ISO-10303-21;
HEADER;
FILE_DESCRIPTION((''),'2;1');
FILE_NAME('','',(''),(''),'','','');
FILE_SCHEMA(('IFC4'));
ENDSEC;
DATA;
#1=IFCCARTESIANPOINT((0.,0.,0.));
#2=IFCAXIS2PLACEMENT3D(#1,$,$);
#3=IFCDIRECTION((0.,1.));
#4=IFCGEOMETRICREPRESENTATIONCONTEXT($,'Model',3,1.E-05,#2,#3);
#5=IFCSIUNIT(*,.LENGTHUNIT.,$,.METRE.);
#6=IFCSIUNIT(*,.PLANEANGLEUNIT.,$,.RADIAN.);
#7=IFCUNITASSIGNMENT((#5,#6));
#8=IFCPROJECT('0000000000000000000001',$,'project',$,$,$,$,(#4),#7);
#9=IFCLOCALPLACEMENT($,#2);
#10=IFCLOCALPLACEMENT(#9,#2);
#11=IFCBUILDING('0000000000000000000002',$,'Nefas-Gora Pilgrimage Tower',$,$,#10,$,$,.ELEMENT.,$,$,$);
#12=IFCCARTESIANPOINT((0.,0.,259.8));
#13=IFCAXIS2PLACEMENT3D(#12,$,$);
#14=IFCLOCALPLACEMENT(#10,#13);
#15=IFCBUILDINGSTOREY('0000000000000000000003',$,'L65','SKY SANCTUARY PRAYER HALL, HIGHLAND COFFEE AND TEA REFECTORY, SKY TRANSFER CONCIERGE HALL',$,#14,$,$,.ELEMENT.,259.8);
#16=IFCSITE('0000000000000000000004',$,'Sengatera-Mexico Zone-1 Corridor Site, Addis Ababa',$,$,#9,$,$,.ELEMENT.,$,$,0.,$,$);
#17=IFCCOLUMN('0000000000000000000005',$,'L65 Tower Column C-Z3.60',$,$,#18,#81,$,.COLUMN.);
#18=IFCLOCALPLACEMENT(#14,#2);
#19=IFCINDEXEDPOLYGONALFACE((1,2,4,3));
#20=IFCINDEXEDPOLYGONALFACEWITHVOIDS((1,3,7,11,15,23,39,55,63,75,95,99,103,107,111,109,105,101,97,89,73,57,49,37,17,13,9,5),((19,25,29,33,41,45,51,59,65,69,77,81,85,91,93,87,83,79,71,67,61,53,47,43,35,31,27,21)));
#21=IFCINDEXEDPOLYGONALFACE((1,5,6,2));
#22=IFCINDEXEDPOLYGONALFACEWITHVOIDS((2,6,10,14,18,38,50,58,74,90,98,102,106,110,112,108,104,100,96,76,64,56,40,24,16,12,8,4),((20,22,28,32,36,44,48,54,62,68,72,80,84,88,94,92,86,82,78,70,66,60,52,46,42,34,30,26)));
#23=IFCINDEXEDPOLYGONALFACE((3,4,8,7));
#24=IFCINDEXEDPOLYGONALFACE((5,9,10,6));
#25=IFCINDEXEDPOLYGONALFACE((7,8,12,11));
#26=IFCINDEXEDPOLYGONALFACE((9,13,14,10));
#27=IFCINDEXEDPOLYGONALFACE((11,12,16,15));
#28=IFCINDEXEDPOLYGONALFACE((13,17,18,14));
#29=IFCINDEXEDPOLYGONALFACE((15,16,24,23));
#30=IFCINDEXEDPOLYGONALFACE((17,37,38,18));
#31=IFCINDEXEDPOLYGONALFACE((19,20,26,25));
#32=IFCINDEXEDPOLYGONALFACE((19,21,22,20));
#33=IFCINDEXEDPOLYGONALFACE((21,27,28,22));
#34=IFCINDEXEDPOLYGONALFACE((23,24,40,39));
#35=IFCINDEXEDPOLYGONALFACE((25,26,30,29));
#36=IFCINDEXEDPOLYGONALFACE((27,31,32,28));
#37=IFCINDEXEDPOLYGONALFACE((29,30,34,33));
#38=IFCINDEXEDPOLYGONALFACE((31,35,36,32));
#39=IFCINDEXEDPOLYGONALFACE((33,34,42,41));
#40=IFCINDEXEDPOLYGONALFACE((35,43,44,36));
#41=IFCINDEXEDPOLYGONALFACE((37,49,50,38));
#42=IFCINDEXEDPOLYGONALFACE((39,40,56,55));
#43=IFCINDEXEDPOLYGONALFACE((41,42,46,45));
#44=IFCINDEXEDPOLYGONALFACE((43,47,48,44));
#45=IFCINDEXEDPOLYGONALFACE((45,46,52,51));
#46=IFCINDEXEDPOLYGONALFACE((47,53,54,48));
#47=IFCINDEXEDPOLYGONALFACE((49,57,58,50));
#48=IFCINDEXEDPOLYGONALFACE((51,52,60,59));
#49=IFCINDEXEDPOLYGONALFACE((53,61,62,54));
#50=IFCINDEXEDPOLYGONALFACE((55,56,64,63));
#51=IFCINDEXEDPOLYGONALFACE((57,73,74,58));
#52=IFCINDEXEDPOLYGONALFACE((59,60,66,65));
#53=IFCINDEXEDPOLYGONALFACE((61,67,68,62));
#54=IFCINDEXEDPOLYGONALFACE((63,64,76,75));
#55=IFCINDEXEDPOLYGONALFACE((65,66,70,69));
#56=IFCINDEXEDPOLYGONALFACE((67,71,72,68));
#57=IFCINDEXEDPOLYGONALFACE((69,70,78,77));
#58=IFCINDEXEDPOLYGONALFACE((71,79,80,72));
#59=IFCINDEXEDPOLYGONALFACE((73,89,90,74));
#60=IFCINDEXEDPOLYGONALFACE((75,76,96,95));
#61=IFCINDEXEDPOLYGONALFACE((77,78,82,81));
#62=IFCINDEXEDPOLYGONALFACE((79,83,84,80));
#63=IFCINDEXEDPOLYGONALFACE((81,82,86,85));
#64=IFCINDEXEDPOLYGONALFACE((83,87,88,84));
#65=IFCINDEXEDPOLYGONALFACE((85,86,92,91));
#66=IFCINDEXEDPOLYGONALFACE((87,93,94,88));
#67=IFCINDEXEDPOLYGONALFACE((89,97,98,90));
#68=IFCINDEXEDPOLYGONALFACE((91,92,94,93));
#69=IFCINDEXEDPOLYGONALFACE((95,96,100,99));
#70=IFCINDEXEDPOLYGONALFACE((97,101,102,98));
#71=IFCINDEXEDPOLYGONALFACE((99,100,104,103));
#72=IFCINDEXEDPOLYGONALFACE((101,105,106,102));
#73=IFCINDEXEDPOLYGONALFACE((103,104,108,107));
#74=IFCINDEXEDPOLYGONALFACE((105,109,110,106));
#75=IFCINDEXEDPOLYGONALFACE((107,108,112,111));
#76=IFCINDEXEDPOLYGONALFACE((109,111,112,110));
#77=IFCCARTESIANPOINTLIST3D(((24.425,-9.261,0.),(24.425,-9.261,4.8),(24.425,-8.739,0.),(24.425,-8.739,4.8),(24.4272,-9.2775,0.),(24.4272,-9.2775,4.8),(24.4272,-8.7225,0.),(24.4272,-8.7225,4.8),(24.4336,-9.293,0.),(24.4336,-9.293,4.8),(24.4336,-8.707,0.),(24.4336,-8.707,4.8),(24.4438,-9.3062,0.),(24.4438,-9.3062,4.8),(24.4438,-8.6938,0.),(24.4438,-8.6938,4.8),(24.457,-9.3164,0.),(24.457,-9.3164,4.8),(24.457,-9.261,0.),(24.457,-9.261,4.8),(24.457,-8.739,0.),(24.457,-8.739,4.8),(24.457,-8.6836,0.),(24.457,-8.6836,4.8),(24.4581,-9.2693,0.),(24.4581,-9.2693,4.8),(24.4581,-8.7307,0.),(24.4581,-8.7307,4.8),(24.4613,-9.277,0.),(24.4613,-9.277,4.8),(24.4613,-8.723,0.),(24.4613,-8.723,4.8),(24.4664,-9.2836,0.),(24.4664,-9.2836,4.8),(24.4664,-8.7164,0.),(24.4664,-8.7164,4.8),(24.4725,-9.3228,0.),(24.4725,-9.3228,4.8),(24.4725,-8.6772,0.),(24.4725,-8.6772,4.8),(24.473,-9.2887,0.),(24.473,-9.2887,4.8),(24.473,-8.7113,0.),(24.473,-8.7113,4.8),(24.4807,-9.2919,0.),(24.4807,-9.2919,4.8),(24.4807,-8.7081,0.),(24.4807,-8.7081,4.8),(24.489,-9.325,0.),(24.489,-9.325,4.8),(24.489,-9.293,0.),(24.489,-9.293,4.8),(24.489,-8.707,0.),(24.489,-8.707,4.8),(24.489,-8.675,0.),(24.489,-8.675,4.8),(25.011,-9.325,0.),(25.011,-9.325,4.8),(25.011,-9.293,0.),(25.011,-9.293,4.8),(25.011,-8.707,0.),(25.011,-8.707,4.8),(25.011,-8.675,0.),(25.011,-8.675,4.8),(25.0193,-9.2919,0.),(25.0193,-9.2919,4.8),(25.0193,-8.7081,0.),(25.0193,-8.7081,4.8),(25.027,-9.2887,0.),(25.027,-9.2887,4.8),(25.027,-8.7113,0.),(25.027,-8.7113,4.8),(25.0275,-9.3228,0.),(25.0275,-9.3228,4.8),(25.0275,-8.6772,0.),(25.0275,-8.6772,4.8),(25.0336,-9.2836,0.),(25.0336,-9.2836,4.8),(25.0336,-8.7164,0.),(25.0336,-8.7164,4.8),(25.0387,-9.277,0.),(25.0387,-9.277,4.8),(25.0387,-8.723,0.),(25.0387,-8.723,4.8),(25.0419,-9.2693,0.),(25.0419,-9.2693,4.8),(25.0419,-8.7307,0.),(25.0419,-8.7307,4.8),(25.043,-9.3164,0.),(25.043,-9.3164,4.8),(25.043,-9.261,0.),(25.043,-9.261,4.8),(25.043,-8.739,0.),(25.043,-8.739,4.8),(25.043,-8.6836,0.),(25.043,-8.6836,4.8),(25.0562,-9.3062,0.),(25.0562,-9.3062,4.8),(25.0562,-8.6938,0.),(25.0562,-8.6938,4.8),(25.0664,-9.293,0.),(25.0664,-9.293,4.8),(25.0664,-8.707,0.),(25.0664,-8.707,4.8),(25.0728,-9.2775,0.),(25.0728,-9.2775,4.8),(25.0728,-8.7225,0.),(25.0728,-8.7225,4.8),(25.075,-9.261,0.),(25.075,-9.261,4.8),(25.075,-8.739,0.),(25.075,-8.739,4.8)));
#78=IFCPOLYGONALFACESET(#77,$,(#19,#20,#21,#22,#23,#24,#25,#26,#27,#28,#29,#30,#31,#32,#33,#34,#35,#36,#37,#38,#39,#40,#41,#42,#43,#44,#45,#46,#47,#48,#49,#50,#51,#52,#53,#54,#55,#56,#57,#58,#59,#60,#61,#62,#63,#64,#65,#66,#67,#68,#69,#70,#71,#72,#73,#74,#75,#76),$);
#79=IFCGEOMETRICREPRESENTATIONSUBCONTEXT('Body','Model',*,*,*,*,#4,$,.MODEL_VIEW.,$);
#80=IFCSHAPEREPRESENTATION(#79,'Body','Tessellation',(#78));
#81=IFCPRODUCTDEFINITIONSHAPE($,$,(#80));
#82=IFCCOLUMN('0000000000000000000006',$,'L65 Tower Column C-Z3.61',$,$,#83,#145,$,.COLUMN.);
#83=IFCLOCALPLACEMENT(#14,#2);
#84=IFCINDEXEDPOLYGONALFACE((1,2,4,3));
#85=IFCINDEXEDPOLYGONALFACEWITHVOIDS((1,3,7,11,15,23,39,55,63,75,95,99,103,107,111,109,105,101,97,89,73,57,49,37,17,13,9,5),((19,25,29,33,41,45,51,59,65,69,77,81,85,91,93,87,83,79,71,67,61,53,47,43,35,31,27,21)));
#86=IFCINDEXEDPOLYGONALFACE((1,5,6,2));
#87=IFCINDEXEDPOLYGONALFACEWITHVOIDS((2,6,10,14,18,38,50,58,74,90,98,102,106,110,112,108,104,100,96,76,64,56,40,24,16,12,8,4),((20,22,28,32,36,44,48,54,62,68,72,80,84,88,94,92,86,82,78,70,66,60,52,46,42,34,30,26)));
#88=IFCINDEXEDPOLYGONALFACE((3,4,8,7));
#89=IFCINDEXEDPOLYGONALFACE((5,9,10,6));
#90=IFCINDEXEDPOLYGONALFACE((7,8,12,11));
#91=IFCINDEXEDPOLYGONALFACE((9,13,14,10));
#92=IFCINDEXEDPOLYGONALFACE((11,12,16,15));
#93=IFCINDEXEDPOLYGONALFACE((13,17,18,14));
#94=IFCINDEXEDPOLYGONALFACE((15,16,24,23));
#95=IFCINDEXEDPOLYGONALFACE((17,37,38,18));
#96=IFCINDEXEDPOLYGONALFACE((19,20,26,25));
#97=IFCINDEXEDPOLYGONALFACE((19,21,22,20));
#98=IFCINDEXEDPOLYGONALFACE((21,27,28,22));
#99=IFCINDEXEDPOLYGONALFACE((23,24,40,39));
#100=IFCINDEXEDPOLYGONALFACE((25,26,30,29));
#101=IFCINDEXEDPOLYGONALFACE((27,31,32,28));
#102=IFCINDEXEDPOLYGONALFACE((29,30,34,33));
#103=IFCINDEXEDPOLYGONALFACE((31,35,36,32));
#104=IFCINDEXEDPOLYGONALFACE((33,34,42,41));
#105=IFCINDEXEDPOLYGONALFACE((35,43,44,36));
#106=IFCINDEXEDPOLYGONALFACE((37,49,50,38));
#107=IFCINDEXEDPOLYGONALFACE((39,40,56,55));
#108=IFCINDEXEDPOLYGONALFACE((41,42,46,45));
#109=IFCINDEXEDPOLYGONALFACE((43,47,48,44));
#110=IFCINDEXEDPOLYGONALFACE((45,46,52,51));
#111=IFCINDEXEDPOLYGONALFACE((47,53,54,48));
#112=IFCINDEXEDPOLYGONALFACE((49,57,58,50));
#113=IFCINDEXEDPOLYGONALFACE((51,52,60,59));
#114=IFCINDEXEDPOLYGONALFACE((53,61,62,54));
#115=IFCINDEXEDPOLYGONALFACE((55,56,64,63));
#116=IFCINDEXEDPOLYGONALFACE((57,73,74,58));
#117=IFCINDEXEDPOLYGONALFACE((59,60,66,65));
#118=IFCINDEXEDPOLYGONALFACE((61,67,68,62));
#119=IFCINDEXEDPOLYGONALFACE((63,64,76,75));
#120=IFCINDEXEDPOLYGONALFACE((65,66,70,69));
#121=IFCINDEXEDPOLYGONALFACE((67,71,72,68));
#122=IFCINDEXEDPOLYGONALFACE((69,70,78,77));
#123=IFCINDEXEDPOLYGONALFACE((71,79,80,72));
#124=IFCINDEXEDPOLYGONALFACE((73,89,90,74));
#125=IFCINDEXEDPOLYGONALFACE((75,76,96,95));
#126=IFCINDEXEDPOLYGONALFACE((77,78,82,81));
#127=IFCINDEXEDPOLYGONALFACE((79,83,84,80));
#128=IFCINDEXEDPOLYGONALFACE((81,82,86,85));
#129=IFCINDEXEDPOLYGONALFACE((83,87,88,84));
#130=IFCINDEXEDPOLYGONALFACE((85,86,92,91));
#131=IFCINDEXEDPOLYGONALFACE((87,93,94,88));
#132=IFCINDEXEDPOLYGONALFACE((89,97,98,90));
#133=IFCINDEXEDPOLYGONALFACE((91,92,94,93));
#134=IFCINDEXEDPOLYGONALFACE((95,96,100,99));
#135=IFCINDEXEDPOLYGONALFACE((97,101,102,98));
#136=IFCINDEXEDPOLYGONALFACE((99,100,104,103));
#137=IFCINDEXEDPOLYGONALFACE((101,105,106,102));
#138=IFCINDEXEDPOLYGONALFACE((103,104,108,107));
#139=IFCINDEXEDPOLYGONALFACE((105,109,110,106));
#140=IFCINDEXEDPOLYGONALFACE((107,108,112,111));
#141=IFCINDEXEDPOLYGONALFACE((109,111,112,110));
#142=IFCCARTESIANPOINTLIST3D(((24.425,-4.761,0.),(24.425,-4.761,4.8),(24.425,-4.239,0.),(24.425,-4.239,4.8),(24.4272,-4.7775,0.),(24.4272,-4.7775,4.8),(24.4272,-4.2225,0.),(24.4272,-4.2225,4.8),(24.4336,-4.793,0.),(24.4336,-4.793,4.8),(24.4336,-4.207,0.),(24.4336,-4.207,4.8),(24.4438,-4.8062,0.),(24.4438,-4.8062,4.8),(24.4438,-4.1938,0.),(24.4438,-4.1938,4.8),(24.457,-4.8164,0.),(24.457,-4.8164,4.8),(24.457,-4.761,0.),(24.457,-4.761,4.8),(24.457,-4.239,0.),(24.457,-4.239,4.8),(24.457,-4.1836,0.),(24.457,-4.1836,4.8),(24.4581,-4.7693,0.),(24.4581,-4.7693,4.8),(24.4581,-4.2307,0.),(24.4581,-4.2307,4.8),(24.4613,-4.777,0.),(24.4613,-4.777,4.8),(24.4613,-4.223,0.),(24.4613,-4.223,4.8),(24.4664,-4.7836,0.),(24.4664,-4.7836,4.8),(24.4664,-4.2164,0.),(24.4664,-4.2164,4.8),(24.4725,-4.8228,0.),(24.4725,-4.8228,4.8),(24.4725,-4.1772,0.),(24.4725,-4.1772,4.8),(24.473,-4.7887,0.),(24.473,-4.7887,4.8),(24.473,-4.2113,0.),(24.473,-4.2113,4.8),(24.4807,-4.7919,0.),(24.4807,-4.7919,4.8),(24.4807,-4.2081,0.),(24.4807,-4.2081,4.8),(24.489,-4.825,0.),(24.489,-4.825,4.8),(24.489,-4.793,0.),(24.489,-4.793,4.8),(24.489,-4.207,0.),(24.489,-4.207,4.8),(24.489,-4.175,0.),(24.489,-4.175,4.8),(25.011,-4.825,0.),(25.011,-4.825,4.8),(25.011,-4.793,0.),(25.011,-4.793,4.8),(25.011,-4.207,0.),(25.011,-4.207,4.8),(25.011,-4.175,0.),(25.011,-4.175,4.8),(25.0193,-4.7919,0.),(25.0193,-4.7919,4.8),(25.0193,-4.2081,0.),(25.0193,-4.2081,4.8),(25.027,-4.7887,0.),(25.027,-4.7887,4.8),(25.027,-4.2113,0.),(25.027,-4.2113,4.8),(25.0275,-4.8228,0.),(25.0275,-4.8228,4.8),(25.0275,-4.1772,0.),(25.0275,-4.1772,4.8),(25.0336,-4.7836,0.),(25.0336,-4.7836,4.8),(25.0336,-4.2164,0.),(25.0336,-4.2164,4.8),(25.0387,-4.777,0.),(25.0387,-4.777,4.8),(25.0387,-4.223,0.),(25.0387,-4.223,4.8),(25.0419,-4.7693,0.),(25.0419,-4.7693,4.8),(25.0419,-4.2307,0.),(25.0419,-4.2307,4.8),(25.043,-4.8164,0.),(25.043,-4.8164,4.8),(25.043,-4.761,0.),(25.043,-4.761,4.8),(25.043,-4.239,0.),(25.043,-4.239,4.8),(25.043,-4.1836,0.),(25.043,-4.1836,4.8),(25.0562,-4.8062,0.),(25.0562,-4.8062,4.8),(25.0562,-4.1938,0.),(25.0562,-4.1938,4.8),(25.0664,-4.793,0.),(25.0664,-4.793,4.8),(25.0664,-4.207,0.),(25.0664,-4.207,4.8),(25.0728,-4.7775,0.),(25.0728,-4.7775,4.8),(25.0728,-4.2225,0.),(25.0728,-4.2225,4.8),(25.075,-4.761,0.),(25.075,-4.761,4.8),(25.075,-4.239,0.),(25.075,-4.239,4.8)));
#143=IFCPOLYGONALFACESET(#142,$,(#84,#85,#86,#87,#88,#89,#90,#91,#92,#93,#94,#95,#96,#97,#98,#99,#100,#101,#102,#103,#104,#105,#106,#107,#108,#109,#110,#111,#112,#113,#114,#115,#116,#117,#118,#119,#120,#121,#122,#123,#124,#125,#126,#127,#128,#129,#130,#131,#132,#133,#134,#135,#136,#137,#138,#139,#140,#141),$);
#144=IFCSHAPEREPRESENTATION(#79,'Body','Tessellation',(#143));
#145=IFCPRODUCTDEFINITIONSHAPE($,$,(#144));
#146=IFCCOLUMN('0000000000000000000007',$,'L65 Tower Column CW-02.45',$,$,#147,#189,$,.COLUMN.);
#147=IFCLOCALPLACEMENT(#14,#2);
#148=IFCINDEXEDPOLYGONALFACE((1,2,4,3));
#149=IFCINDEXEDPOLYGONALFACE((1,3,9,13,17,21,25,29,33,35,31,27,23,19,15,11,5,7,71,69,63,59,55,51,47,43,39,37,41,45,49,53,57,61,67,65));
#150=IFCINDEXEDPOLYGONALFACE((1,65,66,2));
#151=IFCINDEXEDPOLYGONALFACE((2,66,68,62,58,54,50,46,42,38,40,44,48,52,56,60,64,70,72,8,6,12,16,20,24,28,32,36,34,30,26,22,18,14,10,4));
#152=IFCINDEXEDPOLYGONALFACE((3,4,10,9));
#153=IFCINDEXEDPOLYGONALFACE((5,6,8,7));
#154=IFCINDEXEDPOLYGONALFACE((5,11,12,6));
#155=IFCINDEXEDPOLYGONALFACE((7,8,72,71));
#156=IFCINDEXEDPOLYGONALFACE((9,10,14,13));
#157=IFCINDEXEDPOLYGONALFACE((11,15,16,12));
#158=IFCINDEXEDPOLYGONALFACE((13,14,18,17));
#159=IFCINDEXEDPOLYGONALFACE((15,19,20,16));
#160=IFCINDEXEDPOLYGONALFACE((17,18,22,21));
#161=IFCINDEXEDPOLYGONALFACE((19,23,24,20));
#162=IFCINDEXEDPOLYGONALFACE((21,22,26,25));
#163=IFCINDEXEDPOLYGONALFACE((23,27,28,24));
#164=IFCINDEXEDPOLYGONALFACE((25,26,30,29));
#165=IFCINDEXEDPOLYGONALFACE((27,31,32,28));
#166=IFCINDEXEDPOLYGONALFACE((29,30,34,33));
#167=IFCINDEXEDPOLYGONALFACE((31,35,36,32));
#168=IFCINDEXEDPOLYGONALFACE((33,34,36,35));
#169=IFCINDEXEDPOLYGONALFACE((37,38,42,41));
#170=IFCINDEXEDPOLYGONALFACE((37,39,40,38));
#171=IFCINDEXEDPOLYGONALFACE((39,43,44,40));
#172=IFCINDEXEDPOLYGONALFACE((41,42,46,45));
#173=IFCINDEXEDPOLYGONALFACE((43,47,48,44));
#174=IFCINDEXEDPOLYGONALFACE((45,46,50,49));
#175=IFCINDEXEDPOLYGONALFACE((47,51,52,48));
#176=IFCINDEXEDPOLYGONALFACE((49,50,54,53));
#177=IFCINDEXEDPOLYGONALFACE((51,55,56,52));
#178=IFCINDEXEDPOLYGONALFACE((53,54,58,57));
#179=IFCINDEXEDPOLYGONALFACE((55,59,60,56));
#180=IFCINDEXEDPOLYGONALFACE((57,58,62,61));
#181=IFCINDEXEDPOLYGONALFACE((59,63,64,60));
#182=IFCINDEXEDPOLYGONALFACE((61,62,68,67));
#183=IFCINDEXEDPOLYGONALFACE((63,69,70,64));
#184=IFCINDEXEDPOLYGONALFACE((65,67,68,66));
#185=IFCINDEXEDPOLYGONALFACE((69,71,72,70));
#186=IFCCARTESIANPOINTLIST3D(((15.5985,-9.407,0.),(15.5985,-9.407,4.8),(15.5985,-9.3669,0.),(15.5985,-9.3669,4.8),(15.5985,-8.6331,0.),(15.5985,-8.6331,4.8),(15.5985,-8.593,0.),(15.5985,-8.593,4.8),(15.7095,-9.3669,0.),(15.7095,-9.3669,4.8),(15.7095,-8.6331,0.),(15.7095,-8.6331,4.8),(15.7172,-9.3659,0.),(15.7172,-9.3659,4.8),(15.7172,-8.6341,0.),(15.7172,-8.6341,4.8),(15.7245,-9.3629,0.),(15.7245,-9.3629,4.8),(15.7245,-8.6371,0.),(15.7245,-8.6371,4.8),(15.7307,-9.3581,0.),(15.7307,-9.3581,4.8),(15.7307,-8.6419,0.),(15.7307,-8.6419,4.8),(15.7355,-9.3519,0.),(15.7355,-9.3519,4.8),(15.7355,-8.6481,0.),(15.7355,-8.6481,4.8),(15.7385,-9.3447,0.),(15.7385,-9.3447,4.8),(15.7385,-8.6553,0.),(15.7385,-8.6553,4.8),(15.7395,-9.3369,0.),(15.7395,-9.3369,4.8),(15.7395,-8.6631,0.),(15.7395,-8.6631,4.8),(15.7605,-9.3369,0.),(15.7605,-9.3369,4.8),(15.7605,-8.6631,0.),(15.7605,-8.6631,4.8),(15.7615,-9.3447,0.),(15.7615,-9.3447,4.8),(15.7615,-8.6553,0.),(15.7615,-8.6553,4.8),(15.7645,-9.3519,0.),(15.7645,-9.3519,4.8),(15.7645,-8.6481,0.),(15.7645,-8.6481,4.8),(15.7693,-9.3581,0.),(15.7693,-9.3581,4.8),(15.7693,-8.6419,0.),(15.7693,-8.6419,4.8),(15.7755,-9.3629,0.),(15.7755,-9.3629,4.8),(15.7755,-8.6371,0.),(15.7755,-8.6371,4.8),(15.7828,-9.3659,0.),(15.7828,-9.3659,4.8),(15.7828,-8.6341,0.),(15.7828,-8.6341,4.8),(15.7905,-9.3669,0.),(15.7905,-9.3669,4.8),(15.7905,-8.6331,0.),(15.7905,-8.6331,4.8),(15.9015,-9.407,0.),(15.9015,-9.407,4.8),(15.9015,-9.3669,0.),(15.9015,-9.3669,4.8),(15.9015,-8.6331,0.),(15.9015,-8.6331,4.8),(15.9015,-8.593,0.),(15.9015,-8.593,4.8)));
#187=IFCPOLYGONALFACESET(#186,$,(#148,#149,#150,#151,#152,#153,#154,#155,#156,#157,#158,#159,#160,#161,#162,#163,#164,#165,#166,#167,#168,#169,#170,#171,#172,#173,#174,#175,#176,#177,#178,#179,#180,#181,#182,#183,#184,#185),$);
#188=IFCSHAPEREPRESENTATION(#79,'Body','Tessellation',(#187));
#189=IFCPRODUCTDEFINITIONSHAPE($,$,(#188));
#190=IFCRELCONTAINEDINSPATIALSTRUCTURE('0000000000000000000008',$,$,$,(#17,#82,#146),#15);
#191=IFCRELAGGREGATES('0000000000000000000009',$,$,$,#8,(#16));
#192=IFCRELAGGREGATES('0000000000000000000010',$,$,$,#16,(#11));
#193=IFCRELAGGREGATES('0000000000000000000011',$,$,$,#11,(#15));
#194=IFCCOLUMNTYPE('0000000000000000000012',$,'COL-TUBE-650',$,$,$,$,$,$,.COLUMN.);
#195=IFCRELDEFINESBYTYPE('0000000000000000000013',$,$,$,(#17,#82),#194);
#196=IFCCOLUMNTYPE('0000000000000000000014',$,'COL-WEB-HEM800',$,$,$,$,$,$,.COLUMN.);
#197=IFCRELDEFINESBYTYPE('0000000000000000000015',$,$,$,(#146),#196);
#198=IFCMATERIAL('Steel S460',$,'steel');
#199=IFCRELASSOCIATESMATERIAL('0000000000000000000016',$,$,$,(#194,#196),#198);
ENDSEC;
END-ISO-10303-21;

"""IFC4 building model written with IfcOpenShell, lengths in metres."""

from ifc_helpers import new_model, si_unit, direction, frame, origin, origin_2d, place, context, subcontext, project, spatial, hollow_rectangle, i_section, extrude, source, transform, mapped, material, material_profile, profile_set, type_object, element, save


model = new_model("IFC4")

# Units and contexts
model_context = context("Model", 3, precision=1e-05, world=origin(), true_north=direction((0.0, 1.0)))
body_context = subcontext(model_context, "Body", "Model", "MODEL_VIEW")
ifc_project = project(units=[si_unit("LENGTHUNIT", "METRE"), si_unit("PLANEANGLEUNIT", "RADIAN")], contexts=[model_context])

# Site, building, storey
site_placement = place(None, origin())
site = spatial("IfcSite", under=ifc_project, at=site_placement, Name="Sengatera-Mexico Zone-1 Corridor Site, Addis Ababa", CompositionType="ELEMENT", RefElevation=0.0)
building_placement = place(site_placement, origin())
building = spatial("IfcBuilding", under=site, at=building_placement, Name="Nefas-Gora Pilgrimage Tower", CompositionType="ELEMENT")
storey_placement = place(building_placement, frame((0.0, 0.0, 259.8)))
storey = spatial("IfcBuildingStorey", under=building, at=storey_placement, Name="L65", Description="SKY SANCTUARY PRAYER HALL, HIGHLAND COFFEE AND TEA REFECTORY, SKY TRANSFER CONCIERGE HALL", CompositionType="ELEMENT", Elevation=259.8)

# Columns
ifc_material_1 = material(Name="Steel S460", Category="steel")
ifc_material_profile_1 = material_profile(ifc_material_1, hollow_rectangle(XDim=0.6499, YDim=0.6499, WallThickness=0.032, InnerFilletRadius=0.032, OuterFilletRadius=0.064, at=origin_2d()), Name="BOX 650x650x32")
ifc_profile_set_1 = profile_set([ifc_material_profile_1], Name="Steel S460")
column_type_1 = type_object("IfcColumnType", Name="COL-TUBE-650", PredefinedType="COLUMN", material=ifc_profile_set_1)
shared_shape_1 = source(origin(), body_context, "Body", "SweptSolid", [
    extrude(hollow_rectangle(XDim=0.6499, YDim=0.6499, WallThickness=0.032, InnerFilletRadius=0.032, OuterFilletRadius=0.064, at=origin_2d()), origin(), (0.0, 0.0, 1.0), 4.8),
])
for number, where, z_axis, x_axis, name in (
    (1, (24.75, -9.0, 0.0), (0.0, 0.0, 1.0), (1.0, 0.0, 0.0), "L65 Tower Column C-Z3.60"),
    (2, (24.75, -4.5, 0.0), (0.0, 0.0, 1.0), (1.0, 0.0, 0.0), "L65 Tower Column C-Z3.61"),
):
    element("IfcColumn", number, at=place(storey_placement, frame(where, z_axis=z_axis, x_axis=x_axis)), inside=storey, type_object=column_type_1, Name=name, PredefinedType="COLUMN", context=body_context, shape_type="MappedRepresentation", body=[
        mapped(shared_shape_1, transform((0.0, 0.0, 0.0), x_axis=(1.0, 0.0, 0.0), y_axis=(0.0, 1.0, 0.0), z_axis=(0.0, 0.0, 1.0), scale=1.0)),
    ])
ifc_material_profile_2 = material_profile(ifc_material_1, i_section(OverallWidth=0.303, OverallDepth=0.814, WebThickness=0.021, FlangeThickness=0.04, FilletRadius=0.03, at=origin_2d()), Name="HEM 800")
ifc_profile_set_2 = profile_set([ifc_material_profile_2], Name="Steel S460")
column_type_2 = type_object("IfcColumnType", Name="COL-WEB-HEM800", PredefinedType="COLUMN", material=ifc_profile_set_2)
shared_shape_2 = source(origin(), body_context, "Body", "SweptSolid", [
    extrude(i_section(OverallWidth=0.303, OverallDepth=0.814, WebThickness=0.021, FlangeThickness=0.04, FilletRadius=0.03, at=origin_2d()), origin(), (0.0, 0.0, 1.0), 4.8),
])
for number, where, z_axis, x_axis, name in (
    (3, (15.75, -9.0, 0.0), (0.0, 0.0, 1.0), (1.0, 0.0, 0.0), "L65 Tower Column CW-02.45"),
):
    element("IfcColumn", number, at=place(storey_placement, frame(where, z_axis=z_axis, x_axis=x_axis)), inside=storey, type_object=column_type_2, Name=name, PredefinedType="COLUMN", context=body_context, shape_type="MappedRepresentation", body=[
        mapped(shared_shape_2, transform((0.0, 0.0, 0.0), x_axis=(1.0, 0.0, 0.0), y_axis=(0.0, 1.0, 0.0), z_axis=(0.0, 0.0, 1.0), scale=1.0)),
    ])

save(model, "model.ifc")
